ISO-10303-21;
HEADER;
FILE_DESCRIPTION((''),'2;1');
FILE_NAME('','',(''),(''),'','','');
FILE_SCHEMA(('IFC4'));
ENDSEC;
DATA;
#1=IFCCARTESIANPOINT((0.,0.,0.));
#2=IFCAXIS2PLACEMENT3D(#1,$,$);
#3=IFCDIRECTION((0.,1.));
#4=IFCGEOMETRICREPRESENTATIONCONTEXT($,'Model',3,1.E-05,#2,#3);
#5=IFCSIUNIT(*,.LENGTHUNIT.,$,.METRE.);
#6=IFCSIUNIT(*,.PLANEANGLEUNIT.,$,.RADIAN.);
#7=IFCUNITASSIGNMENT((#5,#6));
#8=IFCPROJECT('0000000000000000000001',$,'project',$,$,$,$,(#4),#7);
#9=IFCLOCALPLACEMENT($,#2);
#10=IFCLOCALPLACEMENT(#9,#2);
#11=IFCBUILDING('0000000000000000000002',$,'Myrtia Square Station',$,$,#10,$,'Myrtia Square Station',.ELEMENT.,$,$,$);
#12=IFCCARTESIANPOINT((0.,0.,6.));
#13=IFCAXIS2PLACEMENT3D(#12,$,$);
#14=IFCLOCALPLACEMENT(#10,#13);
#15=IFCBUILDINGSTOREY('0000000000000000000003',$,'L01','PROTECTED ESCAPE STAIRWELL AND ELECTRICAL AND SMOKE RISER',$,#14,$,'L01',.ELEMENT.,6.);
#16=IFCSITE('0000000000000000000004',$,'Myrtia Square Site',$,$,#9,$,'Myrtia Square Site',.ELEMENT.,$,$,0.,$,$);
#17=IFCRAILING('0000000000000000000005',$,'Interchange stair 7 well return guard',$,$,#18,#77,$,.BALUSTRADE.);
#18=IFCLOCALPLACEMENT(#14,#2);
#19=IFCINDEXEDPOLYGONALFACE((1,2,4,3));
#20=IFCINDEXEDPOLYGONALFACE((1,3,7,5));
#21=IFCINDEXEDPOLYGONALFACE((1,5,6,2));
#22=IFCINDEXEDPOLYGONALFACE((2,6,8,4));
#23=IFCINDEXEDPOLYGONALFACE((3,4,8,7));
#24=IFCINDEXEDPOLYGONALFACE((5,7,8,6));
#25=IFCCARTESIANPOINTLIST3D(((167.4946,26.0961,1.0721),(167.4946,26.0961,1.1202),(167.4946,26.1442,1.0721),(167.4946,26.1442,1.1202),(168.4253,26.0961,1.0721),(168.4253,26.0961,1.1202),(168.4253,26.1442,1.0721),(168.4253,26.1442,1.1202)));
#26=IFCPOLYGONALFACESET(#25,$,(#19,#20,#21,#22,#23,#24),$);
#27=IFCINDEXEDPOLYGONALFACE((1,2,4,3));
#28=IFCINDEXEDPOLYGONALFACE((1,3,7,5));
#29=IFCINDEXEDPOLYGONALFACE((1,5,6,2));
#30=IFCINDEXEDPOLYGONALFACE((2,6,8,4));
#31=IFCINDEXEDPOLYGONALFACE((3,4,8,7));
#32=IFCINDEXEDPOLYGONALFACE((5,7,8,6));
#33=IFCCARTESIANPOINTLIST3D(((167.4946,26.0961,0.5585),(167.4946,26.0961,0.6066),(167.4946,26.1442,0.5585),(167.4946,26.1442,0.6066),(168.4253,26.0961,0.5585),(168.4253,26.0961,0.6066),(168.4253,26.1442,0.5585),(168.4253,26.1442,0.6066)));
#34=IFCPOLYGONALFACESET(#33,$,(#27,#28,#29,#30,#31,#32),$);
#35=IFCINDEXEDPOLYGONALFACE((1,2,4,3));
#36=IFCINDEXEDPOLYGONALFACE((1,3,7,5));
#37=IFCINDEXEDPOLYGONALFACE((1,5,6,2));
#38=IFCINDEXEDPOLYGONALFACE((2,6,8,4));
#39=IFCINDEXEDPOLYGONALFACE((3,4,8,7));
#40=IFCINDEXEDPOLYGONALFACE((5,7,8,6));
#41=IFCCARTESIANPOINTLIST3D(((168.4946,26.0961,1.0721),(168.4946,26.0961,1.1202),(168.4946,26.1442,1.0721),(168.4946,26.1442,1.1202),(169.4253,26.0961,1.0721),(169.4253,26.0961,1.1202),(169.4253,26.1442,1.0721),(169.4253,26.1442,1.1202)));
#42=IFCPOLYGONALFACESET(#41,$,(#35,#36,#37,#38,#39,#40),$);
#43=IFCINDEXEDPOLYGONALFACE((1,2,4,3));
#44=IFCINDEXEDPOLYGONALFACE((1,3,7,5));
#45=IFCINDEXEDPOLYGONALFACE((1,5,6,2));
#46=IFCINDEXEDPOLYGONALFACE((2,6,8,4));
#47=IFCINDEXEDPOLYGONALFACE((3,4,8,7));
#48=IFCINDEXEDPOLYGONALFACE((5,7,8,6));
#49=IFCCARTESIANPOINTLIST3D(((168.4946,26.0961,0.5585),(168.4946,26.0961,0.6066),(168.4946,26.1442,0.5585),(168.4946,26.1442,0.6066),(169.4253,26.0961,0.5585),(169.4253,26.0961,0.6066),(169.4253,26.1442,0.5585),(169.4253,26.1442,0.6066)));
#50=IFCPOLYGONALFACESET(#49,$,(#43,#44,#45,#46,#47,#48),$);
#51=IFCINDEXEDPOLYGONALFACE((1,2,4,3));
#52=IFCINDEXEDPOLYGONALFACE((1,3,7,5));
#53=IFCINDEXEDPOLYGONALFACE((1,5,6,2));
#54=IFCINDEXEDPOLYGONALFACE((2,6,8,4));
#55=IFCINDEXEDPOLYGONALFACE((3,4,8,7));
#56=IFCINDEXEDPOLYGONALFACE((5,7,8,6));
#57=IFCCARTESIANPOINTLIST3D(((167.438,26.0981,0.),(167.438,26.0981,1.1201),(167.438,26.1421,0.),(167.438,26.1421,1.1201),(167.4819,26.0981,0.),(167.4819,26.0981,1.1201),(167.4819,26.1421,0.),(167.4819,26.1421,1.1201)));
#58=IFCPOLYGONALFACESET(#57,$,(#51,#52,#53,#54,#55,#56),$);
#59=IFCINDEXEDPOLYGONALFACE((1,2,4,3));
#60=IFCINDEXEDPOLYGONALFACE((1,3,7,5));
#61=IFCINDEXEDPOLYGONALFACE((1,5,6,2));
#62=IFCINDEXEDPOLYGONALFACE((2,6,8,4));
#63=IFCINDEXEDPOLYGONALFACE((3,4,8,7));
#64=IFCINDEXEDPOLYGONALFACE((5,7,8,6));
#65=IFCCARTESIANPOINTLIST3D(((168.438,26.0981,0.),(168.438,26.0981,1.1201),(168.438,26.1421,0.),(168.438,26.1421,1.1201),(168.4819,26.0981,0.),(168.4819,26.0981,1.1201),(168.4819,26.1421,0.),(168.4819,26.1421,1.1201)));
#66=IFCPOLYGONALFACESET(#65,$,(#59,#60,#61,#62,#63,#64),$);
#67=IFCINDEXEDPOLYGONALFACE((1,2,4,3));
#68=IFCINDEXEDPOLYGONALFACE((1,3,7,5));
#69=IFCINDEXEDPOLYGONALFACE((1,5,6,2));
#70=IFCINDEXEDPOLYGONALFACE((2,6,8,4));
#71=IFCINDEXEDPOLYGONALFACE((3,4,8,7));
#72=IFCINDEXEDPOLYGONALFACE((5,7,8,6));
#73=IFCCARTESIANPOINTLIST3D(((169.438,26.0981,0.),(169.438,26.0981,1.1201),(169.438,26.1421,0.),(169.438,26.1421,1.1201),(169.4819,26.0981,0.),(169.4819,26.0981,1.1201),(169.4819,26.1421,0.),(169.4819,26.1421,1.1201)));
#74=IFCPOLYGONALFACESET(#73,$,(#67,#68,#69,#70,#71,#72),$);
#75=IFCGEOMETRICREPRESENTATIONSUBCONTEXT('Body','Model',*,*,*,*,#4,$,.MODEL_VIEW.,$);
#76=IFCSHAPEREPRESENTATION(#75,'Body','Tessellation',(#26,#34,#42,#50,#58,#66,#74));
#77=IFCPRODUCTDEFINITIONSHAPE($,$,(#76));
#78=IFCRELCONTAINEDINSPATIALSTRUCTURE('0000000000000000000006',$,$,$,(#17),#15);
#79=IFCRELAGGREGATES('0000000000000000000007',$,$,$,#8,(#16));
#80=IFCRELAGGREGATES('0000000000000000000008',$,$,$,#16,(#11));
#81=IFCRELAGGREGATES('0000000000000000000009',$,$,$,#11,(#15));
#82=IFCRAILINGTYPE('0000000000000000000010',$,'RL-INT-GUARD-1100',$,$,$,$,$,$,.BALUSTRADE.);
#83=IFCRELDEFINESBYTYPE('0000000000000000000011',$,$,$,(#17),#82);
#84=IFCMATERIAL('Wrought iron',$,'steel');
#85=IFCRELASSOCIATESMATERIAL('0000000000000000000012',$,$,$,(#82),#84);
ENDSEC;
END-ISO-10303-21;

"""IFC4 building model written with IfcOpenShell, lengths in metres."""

from ifc_helpers import new_model, si_unit, direction, frame, origin, origin_2d, place, context, subcontext, project, spatial, rectangle, extrude, material, type_object, element, save


model = new_model("IFC4")

# Units and contexts
model_context = context("Model", 3, precision=1e-05, world=origin(), true_north=direction((0.0, 1.0)))
body_context = subcontext(model_context, "Body", "Model", "MODEL_VIEW")
ifc_project = project(units=[si_unit("LENGTHUNIT", "METRE"), si_unit("PLANEANGLEUNIT", "RADIAN")], contexts=[model_context])

# Site, building, storey
site_placement = place(None, origin())
site = spatial("IfcSite", under=ifc_project, at=site_placement, Name="Myrtia Square Site", LongName="Myrtia Square Site", CompositionType="ELEMENT", RefElevation=0.0)
building_placement = place(site_placement, origin())
building = spatial("IfcBuilding", under=site, at=building_placement, Name="Myrtia Square Station", LongName="Myrtia Square Station", CompositionType="ELEMENT")
storey_placement = place(building_placement, frame((0.0, 0.0, 6.0)))
storey = spatial("IfcBuildingStorey", under=building, at=storey_placement, Name="L01", Description="PROTECTED ESCAPE STAIRWELL AND ELECTRICAL AND SMOKE RISER", LongName="L01", CompositionType="ELEMENT", Elevation=6.0)

# Railing
ifc_material_1 = material(Name="Wrought iron", Category="steel")
railing_type_1 = type_object("IfcRailingType", Name="RL-INT-GUARD-1100", PredefinedType="BALUSTRADE", material=ifc_material_1)
railing_1_placement = place(storey_placement, frame((167.46, 26.1201, 0.0)))
element("IfcRailing", 1, at=railing_1_placement, inside=storey, type_object=railing_type_1, Name="Interchange stair 7 well return guard", PredefinedType="BALUSTRADE", context=body_context, shape_type="SweptSolid", body=[
    extrude(rectangle(XDim=0.0481, YDim=0.0481, at=origin_2d()), frame((0.0347, 0.0, 1.0962), z_axis=(1.0, 0.0, 0.0), x_axis=(0.0, 1.0, 0.0)), (0.0, 0.0, 1.0), 0.9307),
    extrude(rectangle(XDim=0.0481, YDim=0.0481, at=origin_2d()), frame((0.0347, 0.0, 0.5825), z_axis=(1.0, 0.0, 0.0), x_axis=(0.0, 1.0, 0.0)), (0.0, 0.0, 1.0), 0.9307),
    extrude(rectangle(XDim=0.0481, YDim=0.0481, at=origin_2d()), frame((1.0347, 0.0, 1.0962), z_axis=(1.0, 0.0, 0.0), x_axis=(0.0, 1.0, 0.0)), (0.0, 0.0, 1.0), 0.9307),
    extrude(rectangle(XDim=0.0481, YDim=0.0481, at=origin_2d()), frame((1.0347, 0.0, 0.5825), z_axis=(1.0, 0.0, 0.0), x_axis=(0.0, 1.0, 0.0)), (0.0, 0.0, 1.0), 0.9307),
    extrude(rectangle(XDim=0.0439, YDim=0.0439, at=origin_2d()), origin(), (0.0, 0.0, 1.0), 1.1201),
    extrude(rectangle(XDim=0.0439, YDim=0.0439, at=origin_2d()), frame((1.0, 0.0, 0.0)), (0.0, 0.0, 1.0), 1.1201),
    extrude(rectangle(XDim=0.0439, YDim=0.0439, at=origin_2d()), frame((2.0, 0.0, 0.0)), (0.0, 0.0, 1.0), 1.1201),
])

save(model, "model.ifc")
